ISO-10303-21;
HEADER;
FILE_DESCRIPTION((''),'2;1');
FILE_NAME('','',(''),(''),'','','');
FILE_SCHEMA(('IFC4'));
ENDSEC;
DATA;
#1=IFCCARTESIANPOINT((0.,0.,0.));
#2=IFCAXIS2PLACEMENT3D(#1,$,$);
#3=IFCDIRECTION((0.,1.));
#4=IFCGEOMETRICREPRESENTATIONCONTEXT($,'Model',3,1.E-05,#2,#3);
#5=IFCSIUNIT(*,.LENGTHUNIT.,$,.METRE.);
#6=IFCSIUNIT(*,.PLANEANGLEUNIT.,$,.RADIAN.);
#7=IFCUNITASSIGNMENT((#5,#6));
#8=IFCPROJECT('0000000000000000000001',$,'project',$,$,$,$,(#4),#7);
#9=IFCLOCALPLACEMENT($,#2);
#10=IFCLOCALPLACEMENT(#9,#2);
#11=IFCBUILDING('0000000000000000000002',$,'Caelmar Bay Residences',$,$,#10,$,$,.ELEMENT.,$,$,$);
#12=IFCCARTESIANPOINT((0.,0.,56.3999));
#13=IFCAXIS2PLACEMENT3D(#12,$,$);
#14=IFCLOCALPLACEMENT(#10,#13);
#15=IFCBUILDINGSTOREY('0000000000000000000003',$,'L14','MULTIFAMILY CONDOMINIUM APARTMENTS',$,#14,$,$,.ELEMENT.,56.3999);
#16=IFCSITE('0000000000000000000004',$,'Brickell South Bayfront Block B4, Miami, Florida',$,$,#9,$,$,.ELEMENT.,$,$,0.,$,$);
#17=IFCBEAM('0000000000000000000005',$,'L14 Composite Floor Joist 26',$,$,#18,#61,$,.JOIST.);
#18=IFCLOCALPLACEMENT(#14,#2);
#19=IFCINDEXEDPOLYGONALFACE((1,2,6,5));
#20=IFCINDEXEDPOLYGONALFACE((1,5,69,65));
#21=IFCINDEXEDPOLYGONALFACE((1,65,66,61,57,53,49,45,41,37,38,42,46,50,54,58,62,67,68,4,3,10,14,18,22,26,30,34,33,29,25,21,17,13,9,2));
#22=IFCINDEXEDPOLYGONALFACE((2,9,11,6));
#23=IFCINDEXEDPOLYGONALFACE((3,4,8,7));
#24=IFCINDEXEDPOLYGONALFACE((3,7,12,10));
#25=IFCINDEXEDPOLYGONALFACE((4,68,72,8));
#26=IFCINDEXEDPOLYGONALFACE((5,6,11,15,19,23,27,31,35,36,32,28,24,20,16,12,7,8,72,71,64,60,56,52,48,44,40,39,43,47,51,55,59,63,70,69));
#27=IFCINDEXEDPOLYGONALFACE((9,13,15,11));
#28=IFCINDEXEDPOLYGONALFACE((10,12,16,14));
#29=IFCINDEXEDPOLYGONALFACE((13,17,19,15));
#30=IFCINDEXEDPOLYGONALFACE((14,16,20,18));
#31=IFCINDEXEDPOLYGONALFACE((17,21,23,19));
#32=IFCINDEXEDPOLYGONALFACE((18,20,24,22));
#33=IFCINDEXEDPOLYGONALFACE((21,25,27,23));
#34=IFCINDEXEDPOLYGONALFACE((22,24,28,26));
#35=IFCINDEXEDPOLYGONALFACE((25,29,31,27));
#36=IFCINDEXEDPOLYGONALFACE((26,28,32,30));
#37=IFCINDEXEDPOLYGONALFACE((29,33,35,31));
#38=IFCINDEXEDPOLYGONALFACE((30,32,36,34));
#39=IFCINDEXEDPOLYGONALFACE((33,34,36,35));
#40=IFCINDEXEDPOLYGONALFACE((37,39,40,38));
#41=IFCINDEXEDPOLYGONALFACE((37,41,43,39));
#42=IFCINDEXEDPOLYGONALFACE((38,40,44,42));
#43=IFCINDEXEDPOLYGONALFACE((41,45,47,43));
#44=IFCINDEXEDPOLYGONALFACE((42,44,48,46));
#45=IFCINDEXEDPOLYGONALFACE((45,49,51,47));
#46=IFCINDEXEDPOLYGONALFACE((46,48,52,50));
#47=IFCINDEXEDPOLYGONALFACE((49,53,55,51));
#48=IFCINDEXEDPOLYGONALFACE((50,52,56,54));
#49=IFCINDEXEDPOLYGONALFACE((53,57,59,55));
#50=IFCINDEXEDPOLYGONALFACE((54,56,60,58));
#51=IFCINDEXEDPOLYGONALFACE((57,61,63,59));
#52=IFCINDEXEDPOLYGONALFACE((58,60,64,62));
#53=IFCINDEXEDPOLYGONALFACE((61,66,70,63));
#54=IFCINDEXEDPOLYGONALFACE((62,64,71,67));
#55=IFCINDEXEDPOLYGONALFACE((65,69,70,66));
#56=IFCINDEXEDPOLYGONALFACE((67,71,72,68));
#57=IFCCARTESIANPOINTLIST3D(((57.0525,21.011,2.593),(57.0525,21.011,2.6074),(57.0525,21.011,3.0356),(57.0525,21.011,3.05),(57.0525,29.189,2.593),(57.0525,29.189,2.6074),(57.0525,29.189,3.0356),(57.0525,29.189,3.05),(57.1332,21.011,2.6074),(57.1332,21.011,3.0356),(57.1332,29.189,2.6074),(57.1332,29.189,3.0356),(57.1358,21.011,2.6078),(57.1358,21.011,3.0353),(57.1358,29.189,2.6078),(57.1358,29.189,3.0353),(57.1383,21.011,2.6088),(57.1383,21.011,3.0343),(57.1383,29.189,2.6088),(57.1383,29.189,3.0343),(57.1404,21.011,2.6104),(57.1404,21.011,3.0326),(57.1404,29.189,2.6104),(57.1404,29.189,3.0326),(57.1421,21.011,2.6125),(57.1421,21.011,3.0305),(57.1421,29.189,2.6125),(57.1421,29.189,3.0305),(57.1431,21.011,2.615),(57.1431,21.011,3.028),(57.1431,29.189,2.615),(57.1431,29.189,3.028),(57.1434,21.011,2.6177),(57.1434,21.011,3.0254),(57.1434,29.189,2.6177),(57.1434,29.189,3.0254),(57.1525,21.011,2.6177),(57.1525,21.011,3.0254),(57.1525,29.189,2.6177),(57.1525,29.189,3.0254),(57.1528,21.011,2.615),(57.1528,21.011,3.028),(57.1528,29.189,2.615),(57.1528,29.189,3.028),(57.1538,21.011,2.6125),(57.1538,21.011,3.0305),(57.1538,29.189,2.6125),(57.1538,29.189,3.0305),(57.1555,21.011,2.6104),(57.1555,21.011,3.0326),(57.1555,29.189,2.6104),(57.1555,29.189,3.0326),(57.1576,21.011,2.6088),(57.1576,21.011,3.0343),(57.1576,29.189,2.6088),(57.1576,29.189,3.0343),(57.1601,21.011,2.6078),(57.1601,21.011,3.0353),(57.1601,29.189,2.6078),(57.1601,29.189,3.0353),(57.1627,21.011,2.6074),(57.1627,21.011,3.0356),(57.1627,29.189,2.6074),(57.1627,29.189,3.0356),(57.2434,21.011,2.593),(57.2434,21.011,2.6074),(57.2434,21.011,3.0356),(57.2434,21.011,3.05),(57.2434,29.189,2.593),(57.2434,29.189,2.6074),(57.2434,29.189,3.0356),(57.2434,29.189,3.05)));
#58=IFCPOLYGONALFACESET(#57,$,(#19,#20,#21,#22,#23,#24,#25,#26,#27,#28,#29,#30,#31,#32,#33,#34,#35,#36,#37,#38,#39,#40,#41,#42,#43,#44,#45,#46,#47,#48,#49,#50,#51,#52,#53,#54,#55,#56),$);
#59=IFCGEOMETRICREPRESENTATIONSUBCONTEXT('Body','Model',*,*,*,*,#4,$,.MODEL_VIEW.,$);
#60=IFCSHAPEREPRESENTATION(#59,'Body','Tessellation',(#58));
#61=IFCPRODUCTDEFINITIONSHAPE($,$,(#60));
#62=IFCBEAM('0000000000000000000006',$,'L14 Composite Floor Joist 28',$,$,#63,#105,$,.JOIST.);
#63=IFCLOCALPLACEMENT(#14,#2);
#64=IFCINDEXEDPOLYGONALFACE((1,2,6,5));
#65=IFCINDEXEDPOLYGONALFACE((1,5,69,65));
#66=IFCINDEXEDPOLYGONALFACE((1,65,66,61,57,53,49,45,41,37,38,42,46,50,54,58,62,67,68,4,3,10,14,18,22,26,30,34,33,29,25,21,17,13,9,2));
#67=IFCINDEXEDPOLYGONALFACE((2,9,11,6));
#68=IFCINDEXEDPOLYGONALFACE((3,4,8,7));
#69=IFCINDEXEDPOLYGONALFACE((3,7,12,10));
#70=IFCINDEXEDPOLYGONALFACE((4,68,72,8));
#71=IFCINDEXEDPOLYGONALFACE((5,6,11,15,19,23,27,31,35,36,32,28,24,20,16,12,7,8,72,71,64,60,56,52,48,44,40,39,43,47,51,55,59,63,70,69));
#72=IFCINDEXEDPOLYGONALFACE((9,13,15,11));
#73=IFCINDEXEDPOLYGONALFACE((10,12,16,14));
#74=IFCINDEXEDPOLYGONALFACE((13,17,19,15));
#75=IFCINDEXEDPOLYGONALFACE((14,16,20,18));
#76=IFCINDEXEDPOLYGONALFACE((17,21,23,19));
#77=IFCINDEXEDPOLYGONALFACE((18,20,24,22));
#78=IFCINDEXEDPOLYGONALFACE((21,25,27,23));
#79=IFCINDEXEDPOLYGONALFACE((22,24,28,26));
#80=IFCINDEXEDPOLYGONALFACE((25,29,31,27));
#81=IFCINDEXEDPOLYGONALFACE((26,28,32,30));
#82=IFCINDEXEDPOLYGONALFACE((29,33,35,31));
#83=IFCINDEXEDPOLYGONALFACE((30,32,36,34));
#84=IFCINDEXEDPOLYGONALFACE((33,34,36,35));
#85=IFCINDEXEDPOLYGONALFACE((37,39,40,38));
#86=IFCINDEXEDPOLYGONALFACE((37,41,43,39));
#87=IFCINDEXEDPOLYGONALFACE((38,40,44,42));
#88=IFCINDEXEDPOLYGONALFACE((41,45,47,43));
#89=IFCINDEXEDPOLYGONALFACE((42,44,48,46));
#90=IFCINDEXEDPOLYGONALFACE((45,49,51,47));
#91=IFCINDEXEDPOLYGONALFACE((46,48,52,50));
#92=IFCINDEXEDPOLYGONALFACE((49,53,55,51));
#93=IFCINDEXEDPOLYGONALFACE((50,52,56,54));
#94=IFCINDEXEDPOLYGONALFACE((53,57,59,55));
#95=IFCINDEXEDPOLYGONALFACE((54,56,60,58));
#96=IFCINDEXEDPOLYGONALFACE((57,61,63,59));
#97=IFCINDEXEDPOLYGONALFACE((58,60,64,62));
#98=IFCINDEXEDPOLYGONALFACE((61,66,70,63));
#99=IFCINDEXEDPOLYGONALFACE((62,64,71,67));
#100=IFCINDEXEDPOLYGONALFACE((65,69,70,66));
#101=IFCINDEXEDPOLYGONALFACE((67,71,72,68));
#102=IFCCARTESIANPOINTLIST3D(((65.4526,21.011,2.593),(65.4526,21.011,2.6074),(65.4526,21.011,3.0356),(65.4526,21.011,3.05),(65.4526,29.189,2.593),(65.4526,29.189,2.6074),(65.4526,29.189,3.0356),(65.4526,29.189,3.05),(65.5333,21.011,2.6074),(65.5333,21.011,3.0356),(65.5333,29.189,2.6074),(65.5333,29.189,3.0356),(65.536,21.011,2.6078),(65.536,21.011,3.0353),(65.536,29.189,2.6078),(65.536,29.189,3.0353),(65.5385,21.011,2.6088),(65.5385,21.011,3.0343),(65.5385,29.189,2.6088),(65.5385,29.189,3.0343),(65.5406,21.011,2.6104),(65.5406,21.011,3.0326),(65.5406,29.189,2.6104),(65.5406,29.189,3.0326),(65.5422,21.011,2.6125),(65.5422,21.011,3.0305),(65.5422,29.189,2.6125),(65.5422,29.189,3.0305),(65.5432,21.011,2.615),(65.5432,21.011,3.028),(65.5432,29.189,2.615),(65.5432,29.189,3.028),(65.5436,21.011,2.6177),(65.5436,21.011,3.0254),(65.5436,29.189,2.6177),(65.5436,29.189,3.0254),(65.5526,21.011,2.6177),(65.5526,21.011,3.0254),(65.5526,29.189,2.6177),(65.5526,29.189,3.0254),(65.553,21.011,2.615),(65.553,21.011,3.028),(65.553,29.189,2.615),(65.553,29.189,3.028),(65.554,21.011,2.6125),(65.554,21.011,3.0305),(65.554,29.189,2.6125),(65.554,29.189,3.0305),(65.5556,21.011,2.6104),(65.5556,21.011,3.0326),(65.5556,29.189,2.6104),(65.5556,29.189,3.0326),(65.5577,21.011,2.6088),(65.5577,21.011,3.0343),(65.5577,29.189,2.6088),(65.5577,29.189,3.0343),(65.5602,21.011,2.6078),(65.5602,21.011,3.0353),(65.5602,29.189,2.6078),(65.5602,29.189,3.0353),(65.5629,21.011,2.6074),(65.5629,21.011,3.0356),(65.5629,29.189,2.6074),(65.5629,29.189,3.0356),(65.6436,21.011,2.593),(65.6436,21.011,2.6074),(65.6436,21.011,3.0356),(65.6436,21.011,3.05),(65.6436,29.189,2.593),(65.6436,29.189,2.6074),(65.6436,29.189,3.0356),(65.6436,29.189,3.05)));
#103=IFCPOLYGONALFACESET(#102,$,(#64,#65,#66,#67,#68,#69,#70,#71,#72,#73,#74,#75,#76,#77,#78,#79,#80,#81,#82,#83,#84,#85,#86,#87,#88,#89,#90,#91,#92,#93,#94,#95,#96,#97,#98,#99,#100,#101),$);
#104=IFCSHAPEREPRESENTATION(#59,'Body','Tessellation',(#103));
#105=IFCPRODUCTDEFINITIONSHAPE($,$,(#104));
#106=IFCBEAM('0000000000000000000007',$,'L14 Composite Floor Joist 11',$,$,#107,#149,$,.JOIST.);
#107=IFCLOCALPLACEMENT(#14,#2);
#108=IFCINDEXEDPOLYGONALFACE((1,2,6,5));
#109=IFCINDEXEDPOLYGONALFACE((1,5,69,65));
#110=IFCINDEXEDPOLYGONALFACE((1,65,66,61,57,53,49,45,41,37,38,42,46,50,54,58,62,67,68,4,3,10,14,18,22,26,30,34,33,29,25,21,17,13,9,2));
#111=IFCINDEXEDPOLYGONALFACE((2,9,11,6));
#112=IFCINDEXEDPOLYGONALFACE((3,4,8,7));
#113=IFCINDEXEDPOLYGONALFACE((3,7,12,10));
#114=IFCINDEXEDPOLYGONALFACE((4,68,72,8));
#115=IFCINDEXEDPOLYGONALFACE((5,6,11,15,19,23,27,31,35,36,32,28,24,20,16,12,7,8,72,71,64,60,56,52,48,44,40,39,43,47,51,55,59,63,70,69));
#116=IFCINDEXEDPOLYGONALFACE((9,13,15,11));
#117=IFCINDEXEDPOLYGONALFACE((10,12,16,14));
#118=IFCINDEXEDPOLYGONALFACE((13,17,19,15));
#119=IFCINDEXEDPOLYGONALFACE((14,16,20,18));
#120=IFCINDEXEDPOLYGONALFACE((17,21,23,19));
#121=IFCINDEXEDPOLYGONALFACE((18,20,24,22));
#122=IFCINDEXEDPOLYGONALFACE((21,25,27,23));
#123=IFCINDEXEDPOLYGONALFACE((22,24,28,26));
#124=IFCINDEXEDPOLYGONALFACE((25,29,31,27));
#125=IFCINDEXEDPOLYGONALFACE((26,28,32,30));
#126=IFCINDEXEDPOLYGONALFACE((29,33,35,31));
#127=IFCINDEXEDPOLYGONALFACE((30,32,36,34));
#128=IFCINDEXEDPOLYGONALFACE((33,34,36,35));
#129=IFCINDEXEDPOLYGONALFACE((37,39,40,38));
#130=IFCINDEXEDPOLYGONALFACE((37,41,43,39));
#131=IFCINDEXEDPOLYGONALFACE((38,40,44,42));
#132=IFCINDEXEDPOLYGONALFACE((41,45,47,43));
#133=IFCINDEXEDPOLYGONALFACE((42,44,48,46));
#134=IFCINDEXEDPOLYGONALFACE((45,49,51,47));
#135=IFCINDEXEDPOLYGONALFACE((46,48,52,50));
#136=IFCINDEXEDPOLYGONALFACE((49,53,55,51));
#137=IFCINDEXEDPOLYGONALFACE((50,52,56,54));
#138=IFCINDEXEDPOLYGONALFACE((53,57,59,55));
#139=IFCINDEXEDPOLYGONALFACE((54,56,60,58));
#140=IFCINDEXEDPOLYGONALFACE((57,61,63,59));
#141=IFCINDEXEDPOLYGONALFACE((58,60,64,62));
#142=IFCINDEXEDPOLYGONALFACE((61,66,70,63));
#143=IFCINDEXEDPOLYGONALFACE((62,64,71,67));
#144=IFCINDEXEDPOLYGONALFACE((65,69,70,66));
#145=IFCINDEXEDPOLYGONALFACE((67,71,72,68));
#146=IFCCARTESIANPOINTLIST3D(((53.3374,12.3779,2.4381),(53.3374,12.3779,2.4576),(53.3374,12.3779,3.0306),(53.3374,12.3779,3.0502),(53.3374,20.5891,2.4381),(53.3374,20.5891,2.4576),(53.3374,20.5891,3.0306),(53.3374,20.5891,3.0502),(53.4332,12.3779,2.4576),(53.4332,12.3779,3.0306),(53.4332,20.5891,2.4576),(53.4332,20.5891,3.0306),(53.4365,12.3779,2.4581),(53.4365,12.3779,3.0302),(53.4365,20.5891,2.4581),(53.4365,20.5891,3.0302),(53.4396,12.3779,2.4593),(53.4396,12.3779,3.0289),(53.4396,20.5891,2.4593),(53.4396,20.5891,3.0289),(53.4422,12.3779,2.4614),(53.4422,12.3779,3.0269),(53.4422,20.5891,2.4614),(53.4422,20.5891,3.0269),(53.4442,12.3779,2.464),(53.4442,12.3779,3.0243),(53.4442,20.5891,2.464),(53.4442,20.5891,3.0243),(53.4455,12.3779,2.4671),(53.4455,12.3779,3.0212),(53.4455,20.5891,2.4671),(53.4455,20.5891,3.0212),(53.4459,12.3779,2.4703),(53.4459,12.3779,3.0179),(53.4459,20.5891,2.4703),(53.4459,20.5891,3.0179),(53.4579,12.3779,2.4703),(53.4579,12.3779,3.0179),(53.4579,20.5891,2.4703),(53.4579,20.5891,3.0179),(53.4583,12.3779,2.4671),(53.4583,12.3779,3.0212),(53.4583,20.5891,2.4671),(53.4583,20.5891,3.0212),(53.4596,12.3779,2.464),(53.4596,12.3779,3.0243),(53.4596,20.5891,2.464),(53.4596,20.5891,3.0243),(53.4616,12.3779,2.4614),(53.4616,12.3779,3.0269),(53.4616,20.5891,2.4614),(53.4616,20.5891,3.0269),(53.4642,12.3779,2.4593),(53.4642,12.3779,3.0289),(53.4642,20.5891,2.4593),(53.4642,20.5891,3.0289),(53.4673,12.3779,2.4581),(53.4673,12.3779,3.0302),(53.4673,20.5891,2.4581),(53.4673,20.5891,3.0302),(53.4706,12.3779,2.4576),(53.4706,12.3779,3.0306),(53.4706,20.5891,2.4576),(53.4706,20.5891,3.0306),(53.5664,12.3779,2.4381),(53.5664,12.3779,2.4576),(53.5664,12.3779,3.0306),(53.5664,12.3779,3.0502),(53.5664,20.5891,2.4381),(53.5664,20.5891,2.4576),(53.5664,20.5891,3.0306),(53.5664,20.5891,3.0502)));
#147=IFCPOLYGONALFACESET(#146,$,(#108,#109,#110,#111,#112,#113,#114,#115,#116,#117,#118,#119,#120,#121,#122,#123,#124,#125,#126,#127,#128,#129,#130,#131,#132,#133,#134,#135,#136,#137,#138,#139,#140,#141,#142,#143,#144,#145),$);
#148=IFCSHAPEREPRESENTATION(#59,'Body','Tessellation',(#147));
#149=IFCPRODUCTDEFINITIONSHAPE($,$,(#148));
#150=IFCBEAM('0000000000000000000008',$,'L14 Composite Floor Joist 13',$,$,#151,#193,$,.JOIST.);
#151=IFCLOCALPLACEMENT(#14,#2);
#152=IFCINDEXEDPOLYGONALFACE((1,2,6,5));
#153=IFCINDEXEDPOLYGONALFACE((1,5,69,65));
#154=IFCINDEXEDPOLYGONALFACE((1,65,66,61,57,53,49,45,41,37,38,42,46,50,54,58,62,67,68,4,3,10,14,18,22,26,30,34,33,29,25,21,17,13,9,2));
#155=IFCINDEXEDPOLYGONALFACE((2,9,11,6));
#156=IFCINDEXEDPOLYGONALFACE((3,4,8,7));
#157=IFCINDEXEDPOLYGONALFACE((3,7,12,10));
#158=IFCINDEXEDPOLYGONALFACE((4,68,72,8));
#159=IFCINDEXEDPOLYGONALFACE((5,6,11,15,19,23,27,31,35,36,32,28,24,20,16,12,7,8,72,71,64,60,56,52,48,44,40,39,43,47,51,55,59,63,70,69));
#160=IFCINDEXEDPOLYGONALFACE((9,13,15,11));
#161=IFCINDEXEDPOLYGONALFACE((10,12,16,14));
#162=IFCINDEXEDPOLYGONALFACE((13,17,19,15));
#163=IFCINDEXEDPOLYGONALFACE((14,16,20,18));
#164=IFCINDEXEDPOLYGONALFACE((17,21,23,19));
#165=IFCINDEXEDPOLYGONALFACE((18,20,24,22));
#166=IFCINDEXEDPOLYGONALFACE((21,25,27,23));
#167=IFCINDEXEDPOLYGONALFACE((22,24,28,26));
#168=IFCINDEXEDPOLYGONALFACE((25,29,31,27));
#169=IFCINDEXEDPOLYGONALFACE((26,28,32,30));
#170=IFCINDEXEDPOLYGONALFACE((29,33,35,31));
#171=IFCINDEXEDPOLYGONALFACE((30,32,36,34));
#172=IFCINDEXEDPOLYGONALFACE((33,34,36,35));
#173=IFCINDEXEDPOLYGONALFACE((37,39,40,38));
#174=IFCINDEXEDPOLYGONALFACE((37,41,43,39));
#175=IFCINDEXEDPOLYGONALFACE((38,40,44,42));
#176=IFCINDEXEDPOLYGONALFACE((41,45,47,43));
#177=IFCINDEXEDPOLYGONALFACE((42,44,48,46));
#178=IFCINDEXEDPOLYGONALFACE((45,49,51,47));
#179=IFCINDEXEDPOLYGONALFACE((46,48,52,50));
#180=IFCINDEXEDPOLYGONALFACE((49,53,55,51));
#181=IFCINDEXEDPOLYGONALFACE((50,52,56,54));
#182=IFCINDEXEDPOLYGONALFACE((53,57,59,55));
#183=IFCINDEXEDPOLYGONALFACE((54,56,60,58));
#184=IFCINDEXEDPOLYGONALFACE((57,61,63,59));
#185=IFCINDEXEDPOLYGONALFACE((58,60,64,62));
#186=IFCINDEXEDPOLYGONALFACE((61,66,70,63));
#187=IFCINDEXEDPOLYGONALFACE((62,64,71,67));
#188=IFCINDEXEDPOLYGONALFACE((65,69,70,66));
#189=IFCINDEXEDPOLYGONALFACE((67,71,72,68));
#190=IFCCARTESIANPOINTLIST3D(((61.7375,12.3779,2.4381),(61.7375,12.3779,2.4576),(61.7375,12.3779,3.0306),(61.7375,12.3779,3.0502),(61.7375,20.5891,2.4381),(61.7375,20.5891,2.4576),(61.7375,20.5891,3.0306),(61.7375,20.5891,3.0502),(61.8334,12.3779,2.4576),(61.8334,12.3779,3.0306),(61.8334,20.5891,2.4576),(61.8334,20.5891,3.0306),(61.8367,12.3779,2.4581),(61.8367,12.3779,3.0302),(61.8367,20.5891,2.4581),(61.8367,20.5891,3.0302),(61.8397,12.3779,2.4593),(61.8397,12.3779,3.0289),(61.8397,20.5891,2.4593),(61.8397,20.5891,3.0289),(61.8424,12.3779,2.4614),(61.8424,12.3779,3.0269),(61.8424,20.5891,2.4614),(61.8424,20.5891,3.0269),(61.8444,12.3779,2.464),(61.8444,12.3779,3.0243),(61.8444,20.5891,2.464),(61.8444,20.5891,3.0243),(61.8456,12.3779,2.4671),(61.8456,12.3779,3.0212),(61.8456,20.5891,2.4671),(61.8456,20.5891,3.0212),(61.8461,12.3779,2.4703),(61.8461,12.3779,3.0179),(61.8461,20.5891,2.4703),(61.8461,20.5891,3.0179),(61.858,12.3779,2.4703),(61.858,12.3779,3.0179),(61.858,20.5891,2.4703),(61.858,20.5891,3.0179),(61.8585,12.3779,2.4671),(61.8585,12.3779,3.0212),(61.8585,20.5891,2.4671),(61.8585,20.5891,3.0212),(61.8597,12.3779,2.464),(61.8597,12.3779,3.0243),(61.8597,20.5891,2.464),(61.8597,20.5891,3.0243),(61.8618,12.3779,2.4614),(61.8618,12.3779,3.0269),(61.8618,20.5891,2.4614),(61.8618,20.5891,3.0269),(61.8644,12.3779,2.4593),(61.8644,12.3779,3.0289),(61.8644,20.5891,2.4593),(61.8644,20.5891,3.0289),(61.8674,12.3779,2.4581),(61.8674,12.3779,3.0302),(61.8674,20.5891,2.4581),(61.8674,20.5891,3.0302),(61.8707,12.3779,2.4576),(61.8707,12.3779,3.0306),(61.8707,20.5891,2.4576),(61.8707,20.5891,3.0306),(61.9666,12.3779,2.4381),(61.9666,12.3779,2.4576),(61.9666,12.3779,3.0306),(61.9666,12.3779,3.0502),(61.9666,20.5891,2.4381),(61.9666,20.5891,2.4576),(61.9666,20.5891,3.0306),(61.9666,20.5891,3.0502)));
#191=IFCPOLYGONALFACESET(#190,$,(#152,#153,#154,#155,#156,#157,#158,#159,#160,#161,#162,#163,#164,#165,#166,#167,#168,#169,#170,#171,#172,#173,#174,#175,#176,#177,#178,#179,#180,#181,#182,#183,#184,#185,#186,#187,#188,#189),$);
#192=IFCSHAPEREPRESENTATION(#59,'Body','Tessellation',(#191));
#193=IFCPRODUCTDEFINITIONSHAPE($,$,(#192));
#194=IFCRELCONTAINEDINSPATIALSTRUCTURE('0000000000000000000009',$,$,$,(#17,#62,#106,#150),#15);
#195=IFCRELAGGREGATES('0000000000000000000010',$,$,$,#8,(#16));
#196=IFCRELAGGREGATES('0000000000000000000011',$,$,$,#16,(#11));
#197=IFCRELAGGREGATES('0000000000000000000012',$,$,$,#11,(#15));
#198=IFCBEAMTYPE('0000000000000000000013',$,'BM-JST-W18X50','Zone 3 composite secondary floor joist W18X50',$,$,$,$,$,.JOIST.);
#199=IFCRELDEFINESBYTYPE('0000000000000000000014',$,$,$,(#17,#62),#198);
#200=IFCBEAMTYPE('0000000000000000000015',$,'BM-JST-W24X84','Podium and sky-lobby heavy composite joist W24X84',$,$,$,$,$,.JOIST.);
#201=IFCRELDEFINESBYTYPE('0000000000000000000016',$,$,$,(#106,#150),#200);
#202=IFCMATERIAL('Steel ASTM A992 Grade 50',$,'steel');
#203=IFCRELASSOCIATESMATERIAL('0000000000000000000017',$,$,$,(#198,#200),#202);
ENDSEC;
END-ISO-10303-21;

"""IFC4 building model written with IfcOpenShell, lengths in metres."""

from ifc_helpers import new_model, si_unit, direction, frame, origin, origin_2d, place, context, subcontext, project, spatial, i_section, extrude, material, material_profile, profile_set, type_object, element, save


model = new_model("IFC4")

# Units and contexts
model_context = context("Model", 3, precision=1e-05, world=origin(), true_north=direction((0.0, 1.0)))
body_context = subcontext(model_context, "Body", "Model", "MODEL_VIEW")
ifc_project = project(units=[si_unit("LENGTHUNIT", "METRE"), si_unit("PLANEANGLEUNIT", "RADIAN")], contexts=[model_context])

# Site, building, storey
site_placement = place(None, origin())
site = spatial("IfcSite", under=ifc_project, at=site_placement, Name="Brickell South Bayfront Block B4, Miami, Florida", CompositionType="ELEMENT", RefElevation=0.0)
building_placement = place(site_placement, origin())
building = spatial("IfcBuilding", under=site, at=building_placement, Name="Caelmar Bay Residences", CompositionType="ELEMENT")
storey_placement = place(building_placement, frame((0.0, 0.0, 56.3999)))
storey = spatial("IfcBuildingStorey", under=building, at=storey_placement, Name="L14", Description="MULTIFAMILY CONDOMINIUM APARTMENTS", CompositionType="ELEMENT", Elevation=56.3999)

# Beams
ifc_material_1 = material(Name="Steel ASTM A992 Grade 50", Category="steel")
ifc_material_profile_1 = material_profile(ifc_material_1, i_section(OverallWidth=0.1909, OverallDepth=0.457, WebThickness=0.009, FlangeThickness=0.0144, FilletRadius=0.0103, at=origin_2d()), Name="W18X50")
ifc_profile_set_1 = profile_set([ifc_material_profile_1], Name="Steel ASTM A992 Grade 50")
beam_type_1 = type_object("IfcBeamType", Name="BM-JST-W18X50", Description="Zone 3 composite secondary floor joist W18X50", PredefinedType="JOIST", material=ifc_profile_set_1)
for number, where, z_axis, x_axis, name in (
    (1, (57.1479, 21.011, 2.8215), (0.0, 1.0, 0.0), (-1.0, 0.0, 0.0), "L14 Composite Floor Joist 26"),
    (2, (65.5481, 21.011, 2.8215), (0.0, 1.0, 0.0), (-1.0, 0.0, 0.0), "L14 Composite Floor Joist 28"),
):
    element("IfcBeam", number, at=place(storey_placement, frame(where, z_axis=z_axis, x_axis=x_axis)), inside=storey, type_object=beam_type_1, Name=name, PredefinedType="JOIST", context=body_context, shape_type="SweptSolid", body=[
        extrude(i_section(OverallWidth=0.1909, OverallDepth=0.457, WebThickness=0.009, FlangeThickness=0.0144, FilletRadius=0.0103, at=origin_2d()), origin(), (0.0, 0.0, 1.0), 8.178),
    ])
ifc_material_profile_2 = material_profile(ifc_material_1, i_section(OverallWidth=0.229, OverallDepth=0.6121, WebThickness=0.012, FlangeThickness=0.0195, FilletRadius=0.0127, at=origin_2d()), Name="W24X84")
ifc_profile_set_2 = profile_set([ifc_material_profile_2], Name="Steel ASTM A992 Grade 50")
beam_type_2 = type_object("IfcBeamType", Name="BM-JST-W24X84", Description="Podium and sky-lobby heavy composite joist W24X84", PredefinedType="JOIST", material=ifc_profile_set_2)
for number, where, z_axis, x_axis, name in (
    (3, (53.4519, 12.3779, 2.7441), (0.0, 1.0, 0.0), (-1.0, 0.0, 0.0), "L14 Composite Floor Joist 11"),
    (4, (61.8521, 12.3779, 2.7441), (0.0, 1.0, 0.0), (-1.0, 0.0, 0.0), "L14 Composite Floor Joist 13"),
):
    element("IfcBeam", number, at=place(storey_placement, frame(where, z_axis=z_axis, x_axis=x_axis)), inside=storey, type_object=beam_type_2, Name=name, PredefinedType="JOIST", context=body_context, shape_type="SweptSolid", body=[
        extrude(i_section(OverallWidth=0.229, OverallDepth=0.6121, WebThickness=0.012, FlangeThickness=0.0195, FilletRadius=0.0127, at=origin_2d()), origin(), (0.0, 0.0, 1.0), 8.2112),
    ])

save(model, "model.ifc")
